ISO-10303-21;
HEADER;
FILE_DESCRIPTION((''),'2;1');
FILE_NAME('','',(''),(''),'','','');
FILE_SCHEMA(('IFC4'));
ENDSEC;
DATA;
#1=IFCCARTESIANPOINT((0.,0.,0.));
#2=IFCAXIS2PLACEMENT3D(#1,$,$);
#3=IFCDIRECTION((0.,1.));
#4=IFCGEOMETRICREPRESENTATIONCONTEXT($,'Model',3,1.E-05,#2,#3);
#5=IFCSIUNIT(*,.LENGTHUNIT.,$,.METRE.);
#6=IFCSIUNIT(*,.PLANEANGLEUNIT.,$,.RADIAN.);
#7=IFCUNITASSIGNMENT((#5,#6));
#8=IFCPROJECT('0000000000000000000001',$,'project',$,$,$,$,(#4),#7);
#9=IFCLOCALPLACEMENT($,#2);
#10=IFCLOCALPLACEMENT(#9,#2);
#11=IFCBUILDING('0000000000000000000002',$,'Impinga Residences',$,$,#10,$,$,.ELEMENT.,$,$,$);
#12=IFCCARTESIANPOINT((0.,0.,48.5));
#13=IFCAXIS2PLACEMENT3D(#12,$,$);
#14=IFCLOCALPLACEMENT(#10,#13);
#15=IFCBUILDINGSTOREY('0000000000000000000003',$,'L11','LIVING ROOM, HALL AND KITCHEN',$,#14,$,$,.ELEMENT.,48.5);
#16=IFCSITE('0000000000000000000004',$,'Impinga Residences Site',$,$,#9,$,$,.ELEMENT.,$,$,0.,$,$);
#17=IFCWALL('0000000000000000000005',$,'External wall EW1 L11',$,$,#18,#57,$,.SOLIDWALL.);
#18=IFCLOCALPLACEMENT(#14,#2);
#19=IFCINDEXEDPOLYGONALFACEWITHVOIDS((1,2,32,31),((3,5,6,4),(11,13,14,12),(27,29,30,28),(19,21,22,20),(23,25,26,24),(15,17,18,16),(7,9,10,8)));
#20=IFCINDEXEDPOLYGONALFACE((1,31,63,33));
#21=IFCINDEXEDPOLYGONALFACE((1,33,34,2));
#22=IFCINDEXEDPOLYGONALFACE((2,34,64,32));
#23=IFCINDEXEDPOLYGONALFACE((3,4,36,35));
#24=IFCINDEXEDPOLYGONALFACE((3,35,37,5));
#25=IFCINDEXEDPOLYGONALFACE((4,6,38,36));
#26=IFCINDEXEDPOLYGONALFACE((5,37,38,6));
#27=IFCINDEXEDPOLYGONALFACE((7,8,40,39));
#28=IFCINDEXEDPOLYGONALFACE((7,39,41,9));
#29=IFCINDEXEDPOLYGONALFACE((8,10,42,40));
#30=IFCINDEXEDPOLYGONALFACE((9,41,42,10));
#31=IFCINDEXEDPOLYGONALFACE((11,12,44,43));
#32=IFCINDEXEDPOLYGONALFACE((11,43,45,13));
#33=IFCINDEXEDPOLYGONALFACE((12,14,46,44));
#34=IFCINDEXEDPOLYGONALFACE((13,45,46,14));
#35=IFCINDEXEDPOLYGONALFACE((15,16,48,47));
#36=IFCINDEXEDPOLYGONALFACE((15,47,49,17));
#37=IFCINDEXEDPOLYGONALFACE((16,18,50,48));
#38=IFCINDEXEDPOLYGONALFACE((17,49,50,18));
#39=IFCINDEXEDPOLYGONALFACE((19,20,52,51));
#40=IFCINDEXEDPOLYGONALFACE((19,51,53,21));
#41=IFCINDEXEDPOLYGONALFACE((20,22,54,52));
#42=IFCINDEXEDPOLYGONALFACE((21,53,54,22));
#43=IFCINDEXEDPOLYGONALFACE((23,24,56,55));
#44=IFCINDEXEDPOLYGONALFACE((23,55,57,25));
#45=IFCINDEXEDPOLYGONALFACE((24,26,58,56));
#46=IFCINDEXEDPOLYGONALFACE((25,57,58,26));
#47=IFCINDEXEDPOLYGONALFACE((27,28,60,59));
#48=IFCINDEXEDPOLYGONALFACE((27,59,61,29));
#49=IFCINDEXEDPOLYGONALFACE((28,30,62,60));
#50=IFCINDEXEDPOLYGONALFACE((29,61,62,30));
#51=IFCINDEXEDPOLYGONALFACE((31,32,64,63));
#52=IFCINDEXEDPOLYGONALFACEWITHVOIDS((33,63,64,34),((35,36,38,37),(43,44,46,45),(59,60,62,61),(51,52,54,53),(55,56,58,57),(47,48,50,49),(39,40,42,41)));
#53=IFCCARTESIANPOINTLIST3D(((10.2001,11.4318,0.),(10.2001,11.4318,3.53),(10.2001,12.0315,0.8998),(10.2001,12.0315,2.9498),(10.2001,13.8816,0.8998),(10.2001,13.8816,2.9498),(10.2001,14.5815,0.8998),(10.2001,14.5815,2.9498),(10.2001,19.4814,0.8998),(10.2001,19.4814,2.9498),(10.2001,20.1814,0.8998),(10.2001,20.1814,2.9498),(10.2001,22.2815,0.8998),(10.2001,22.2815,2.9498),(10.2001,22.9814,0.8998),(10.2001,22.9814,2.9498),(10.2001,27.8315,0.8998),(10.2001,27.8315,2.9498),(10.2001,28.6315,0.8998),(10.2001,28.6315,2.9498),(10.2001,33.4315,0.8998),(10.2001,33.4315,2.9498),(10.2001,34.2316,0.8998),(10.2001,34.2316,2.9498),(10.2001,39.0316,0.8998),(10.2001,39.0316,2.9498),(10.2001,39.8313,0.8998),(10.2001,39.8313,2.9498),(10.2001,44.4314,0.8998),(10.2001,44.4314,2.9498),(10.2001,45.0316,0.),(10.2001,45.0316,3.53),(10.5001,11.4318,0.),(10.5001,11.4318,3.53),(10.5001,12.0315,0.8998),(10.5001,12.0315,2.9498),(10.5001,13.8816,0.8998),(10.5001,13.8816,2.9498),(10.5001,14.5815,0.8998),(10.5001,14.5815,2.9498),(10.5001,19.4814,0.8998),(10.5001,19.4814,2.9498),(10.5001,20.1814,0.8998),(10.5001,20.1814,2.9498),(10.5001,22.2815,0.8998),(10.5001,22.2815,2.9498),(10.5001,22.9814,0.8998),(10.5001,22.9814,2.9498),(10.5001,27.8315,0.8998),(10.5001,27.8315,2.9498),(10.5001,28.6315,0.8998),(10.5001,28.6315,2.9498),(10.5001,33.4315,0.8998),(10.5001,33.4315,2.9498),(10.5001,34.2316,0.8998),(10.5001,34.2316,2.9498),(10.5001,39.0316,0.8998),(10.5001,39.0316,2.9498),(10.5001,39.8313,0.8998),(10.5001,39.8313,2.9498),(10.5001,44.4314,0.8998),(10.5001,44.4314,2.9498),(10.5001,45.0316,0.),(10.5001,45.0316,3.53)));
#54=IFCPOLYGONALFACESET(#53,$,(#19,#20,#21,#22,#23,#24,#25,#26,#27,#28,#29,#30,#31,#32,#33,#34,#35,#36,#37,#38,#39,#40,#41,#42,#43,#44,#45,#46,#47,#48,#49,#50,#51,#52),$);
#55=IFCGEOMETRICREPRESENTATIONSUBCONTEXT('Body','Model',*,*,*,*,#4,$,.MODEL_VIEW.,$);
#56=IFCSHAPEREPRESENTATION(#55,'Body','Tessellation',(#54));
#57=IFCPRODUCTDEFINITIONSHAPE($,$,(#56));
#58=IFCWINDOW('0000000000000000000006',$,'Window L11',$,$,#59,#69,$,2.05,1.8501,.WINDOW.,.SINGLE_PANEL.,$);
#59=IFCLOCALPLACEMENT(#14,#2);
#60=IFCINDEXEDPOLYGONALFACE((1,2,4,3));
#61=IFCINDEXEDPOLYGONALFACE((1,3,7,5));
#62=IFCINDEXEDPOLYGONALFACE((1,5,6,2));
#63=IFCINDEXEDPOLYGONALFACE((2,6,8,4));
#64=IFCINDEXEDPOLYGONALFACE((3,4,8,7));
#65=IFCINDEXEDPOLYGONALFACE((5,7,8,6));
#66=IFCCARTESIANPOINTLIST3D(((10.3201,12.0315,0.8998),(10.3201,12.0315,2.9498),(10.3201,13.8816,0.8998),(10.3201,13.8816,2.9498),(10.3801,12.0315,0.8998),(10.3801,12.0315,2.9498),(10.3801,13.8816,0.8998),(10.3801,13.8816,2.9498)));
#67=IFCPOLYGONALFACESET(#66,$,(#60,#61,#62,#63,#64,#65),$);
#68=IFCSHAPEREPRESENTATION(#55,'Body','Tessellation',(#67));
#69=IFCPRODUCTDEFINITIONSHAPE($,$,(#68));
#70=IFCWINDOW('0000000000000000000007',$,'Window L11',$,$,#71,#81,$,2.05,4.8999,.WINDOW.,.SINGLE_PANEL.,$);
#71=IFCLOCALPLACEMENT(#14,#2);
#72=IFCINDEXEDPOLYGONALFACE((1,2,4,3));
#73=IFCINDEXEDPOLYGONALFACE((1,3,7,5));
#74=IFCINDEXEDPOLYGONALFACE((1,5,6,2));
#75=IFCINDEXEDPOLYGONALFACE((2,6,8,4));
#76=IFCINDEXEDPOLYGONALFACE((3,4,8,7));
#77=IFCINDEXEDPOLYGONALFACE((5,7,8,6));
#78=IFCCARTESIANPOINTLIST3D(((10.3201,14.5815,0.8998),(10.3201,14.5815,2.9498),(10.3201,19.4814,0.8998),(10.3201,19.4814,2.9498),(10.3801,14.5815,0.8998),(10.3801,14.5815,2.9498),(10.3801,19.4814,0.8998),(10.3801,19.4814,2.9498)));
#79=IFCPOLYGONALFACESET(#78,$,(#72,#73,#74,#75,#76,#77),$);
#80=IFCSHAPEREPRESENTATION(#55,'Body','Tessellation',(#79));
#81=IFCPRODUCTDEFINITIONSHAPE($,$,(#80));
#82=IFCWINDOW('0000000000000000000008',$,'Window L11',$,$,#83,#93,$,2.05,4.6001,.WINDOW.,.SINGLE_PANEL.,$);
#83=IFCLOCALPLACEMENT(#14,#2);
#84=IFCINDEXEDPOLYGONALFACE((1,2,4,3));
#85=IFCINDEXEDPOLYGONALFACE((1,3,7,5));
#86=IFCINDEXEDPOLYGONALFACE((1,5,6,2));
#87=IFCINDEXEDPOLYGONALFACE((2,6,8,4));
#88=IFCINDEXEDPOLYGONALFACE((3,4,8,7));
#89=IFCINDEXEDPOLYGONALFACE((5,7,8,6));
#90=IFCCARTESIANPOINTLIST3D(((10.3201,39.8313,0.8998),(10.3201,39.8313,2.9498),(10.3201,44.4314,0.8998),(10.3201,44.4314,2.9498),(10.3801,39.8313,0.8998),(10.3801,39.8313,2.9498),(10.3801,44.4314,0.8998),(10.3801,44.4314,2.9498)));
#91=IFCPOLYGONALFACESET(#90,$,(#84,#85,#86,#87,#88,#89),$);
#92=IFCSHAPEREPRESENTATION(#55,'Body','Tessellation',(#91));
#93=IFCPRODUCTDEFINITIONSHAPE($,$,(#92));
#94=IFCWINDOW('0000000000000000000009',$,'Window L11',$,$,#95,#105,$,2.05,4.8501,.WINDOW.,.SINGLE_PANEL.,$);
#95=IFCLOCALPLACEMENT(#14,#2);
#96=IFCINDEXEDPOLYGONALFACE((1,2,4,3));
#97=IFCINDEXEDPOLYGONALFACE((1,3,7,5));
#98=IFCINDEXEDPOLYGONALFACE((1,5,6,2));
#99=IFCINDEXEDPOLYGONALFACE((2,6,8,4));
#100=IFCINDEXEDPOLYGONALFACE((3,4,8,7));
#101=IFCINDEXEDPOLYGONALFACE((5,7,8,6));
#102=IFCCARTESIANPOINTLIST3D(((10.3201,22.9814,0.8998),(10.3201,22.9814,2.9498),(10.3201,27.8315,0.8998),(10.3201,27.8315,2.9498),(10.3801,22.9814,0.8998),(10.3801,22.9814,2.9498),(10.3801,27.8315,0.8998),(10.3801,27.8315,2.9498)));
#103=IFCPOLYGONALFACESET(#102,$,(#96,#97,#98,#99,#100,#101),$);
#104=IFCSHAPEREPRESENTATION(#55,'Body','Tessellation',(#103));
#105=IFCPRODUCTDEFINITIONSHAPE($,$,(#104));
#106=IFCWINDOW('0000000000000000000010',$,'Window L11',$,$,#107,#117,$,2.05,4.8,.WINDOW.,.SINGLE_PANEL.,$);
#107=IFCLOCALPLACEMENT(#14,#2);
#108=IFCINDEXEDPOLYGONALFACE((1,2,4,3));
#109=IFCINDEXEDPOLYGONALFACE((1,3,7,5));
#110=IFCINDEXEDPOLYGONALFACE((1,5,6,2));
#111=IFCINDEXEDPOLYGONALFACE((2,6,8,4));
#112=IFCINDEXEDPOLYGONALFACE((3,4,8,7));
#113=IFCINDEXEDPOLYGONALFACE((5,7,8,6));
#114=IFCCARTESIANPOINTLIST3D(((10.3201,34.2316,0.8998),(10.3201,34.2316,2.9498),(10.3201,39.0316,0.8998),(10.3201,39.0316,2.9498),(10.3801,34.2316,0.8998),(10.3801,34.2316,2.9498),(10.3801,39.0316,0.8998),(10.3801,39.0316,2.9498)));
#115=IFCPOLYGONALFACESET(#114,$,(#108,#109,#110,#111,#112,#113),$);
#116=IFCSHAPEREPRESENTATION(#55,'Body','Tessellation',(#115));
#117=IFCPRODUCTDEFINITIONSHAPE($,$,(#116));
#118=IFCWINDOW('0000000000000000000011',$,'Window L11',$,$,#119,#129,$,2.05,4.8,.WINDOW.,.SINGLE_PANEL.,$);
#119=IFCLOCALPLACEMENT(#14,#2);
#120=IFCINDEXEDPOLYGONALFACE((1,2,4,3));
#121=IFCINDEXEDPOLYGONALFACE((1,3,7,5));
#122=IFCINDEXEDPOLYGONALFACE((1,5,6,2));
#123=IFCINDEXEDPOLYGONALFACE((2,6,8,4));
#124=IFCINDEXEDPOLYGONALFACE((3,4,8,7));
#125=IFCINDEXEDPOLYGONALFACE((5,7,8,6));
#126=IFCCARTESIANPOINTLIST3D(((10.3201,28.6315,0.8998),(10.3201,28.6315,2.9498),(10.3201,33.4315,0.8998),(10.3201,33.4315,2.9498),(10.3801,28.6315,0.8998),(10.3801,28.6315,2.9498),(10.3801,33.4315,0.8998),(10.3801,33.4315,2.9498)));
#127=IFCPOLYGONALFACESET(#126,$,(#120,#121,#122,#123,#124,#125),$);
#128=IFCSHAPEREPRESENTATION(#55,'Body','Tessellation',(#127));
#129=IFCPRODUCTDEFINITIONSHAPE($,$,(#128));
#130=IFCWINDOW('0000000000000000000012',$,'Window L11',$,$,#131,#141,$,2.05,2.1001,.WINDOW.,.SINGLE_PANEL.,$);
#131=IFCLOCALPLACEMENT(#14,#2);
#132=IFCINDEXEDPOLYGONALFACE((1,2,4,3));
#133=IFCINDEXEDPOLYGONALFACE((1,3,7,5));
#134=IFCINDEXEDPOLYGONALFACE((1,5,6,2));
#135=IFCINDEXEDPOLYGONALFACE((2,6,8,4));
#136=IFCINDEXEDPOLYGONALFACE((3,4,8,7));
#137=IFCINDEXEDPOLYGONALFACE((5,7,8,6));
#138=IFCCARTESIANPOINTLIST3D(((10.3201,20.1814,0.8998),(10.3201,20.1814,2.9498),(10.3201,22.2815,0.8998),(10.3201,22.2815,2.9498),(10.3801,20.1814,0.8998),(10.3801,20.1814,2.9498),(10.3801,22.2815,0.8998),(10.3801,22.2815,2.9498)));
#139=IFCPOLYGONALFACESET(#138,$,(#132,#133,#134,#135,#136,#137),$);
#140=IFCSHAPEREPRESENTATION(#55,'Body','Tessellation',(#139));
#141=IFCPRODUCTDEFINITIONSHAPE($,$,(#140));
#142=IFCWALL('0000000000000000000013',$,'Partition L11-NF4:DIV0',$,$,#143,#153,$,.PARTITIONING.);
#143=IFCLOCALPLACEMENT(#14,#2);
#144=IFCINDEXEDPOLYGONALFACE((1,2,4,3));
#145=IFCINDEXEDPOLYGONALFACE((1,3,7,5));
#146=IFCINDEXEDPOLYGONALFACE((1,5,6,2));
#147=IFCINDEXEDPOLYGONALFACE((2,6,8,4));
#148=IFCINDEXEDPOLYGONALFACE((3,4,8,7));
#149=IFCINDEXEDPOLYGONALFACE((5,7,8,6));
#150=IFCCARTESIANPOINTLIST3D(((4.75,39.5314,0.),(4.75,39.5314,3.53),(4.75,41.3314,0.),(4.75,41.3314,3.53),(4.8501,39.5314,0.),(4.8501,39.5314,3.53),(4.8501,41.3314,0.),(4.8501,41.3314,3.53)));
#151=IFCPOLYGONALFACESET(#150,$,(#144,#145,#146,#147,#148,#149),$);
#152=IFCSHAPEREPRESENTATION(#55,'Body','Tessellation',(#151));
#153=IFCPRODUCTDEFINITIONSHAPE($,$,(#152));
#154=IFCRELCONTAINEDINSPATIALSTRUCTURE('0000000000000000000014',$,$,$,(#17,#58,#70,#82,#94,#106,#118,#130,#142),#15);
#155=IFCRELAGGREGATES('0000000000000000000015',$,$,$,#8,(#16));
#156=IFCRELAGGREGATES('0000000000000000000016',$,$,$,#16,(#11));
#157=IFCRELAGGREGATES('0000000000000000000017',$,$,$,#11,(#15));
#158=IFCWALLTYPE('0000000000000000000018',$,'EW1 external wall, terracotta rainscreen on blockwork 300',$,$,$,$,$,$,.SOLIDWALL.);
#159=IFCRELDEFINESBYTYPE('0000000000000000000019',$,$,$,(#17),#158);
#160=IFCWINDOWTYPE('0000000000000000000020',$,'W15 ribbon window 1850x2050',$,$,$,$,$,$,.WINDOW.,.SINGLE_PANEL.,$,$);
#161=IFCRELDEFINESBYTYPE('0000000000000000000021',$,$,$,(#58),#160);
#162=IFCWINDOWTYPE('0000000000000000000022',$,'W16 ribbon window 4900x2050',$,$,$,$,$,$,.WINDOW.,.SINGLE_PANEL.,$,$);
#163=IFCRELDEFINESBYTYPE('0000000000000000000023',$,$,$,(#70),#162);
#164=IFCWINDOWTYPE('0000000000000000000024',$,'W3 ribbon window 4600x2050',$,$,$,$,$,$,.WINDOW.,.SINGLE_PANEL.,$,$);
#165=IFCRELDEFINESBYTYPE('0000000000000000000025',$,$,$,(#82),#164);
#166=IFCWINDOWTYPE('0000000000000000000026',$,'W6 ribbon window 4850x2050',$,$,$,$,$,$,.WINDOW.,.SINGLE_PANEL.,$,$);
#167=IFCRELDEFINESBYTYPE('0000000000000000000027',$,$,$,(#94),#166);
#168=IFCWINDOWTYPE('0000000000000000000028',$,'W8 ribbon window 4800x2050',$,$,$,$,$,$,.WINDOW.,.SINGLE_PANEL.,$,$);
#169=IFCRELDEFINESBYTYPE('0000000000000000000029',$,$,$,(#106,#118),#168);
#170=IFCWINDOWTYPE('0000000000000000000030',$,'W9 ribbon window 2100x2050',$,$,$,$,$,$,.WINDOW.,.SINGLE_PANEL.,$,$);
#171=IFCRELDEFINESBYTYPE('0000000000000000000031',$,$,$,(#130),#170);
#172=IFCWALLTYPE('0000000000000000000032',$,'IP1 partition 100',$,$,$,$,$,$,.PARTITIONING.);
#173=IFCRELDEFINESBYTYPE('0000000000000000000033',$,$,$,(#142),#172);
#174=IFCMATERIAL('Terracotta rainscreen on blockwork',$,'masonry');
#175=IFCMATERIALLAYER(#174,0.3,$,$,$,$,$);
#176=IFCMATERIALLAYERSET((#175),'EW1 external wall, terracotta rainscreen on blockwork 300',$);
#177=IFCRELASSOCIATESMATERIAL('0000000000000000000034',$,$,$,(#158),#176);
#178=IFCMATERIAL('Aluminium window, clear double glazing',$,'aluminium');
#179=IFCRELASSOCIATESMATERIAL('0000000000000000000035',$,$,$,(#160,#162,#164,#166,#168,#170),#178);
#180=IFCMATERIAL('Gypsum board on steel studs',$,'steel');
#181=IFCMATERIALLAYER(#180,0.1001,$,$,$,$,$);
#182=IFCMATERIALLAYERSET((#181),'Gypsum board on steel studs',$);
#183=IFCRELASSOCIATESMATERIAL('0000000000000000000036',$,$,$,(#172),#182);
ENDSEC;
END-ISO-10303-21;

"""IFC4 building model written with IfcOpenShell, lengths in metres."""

from ifc_helpers import new_model, si_unit, direction, frame, frame_2d, origin, place, context, subcontext, project, spatial, rectangle, extrude, material, layer, layer_set, type_object, element, fill, save


model = new_model("IFC4")

# Units and contexts
model_context = context("Model", 3, precision=1e-05, world=origin(), true_north=direction((0.0, 1.0)))
body_context = subcontext(model_context, "Body", "Model", "MODEL_VIEW")
ifc_project = project(units=[si_unit("LENGTHUNIT", "METRE"), si_unit("PLANEANGLEUNIT", "RADIAN")], contexts=[model_context])

# Site, building, storey
site_placement = place(None, origin())
site = spatial("IfcSite", under=ifc_project, at=site_placement, Name="Impinga Residences Site", CompositionType="ELEMENT", RefElevation=0.0)
building_placement = place(site_placement, origin())
building = spatial("IfcBuilding", under=site, at=building_placement, Name="Impinga Residences", CompositionType="ELEMENT")
storey_placement = place(building_placement, frame((0.0, 0.0, 48.5)))
storey = spatial("IfcBuildingStorey", under=building, at=storey_placement, Name="L11", Description="LIVING ROOM, HALL AND KITCHEN", CompositionType="ELEMENT", Elevation=48.5)

# Shared definitions
ifc_material_1 = material(Name="Terracotta rainscreen on blockwork", Category="masonry")
ifc_layer_1 = layer(ifc_material_1, 0.3)
ifc_layer_set_1 = layer_set([ifc_layer_1], Name="EW1 external wall, terracotta rainscreen on blockwork 300")
wall_type_1 = type_object("IfcWallType", Name="EW1 external wall, terracotta rainscreen on blockwork 300", PredefinedType="SOLIDWALL", material=ifc_layer_set_1)

# Wall, openings, windows
wall_1_placement = place(storey_placement, frame((10.3501, 45.0315, 0.0), z_axis=(0.0, 0.0, 1.0), x_axis=(0.0, -1.0, 0.0)))
wall_1 = element("IfcWall", 1, at=wall_1_placement, inside=storey, type_object=wall_type_1, Name="External wall EW1 L11", PredefinedType="SOLIDWALL", context=body_context, shape_type="SweptSolid", body=[
    extrude(rectangle(XDim=33.5999, YDim=0.3, at=frame_2d((16.7998, 0.0))), origin(), (0.0, 0.0, 1.0), 3.53),
])
opening_1_placement = place(wall_1_placement, frame((0.6001, 0.0, 0.8999)))
opening_1 = element("IfcOpeningElement", 2, at=opening_1_placement, cuts=wall_1, PredefinedType="OPENING", context=body_context, shape_type="SweptSolid", body=[
    extrude(rectangle(XDim=4.6001, YDim=2.05, at=frame_2d((2.3, 1.0249))), frame((0.0, 0.1599, 0.0), z_axis=(0.0, -1.0, 0.0), x_axis=(1.0, 0.0, 0.0)), (0.0, 0.0, 1.0), 0.3201),
])
opening_2_placement = place(wall_1_placement, frame((6.0, 0.0, 0.8999)))
opening_2 = element("IfcOpeningElement", 3, at=opening_2_placement, cuts=wall_1, PredefinedType="OPENING", context=body_context, shape_type="SweptSolid", body=[
    extrude(rectangle(XDim=4.8, YDim=2.05, at=frame_2d((2.3999, 1.0249))), frame((0.0, 0.1599, 0.0), z_axis=(0.0, -1.0, 0.0), x_axis=(1.0, 0.0, 0.0)), (0.0, 0.0, 1.0), 0.3201),
])
opening_3_placement = place(wall_1_placement, frame((11.6001, 0.0, 0.8999)))
opening_3 = element("IfcOpeningElement", 4, at=opening_3_placement, cuts=wall_1, PredefinedType="OPENING", context=body_context, shape_type="SweptSolid", body=[
    extrude(rectangle(XDim=4.8, YDim=2.05, at=frame_2d((2.3999, 1.0249))), frame((0.0, 0.1599, 0.0), z_axis=(0.0, -1.0, 0.0), x_axis=(1.0, 0.0, 0.0)), (0.0, 0.0, 1.0), 0.3201),
])
opening_4_placement = place(wall_1_placement, frame((17.2, 0.0, 0.8999)))
opening_4 = element("IfcOpeningElement", 5, at=opening_4_placement, cuts=wall_1, PredefinedType="OPENING", context=body_context, shape_type="SweptSolid", body=[
    extrude(rectangle(XDim=4.8501, YDim=2.05, at=frame_2d((2.425, 1.0249))), frame((0.0, 0.1599, 0.0), z_axis=(0.0, -1.0, 0.0), x_axis=(1.0, 0.0, 0.0)), (0.0, 0.0, 1.0), 0.3201),
])
opening_5_placement = place(wall_1_placement, frame((22.75, 0.0, 0.8999)))
opening_5 = element("IfcOpeningElement", 6, at=opening_5_placement, cuts=wall_1, PredefinedType="OPENING", context=body_context, shape_type="SweptSolid", body=[
    extrude(rectangle(XDim=2.1001, YDim=2.05, at=frame_2d((1.05, 1.0249))), frame((0.0, 0.1599, 0.0), z_axis=(0.0, -1.0, 0.0), x_axis=(1.0, 0.0, 0.0)), (0.0, 0.0, 1.0), 0.3201),
])
opening_6_placement = place(wall_1_placement, frame((25.55, 0.0, 0.8999)))
opening_6 = element("IfcOpeningElement", 7, at=opening_6_placement, cuts=wall_1, PredefinedType="OPENING", context=body_context, shape_type="SweptSolid", body=[
    extrude(rectangle(XDim=4.8999, YDim=2.05, at=frame_2d((2.45, 1.0249))), frame((0.0, 0.1599, 0.0), z_axis=(0.0, -1.0, 0.0), x_axis=(1.0, 0.0, 0.0)), (0.0, 0.0, 1.0), 0.3201),
])
opening_7_placement = place(wall_1_placement, frame((31.1499, 0.0, 0.8999)))
opening_7 = element("IfcOpeningElement", 8, at=opening_7_placement, cuts=wall_1, PredefinedType="OPENING", context=body_context, shape_type="SweptSolid", body=[
    extrude(rectangle(XDim=1.8501, YDim=2.05, at=frame_2d((0.925, 1.0249))), frame((0.0, 0.1599, 0.0), z_axis=(0.0, -1.0, 0.0), x_axis=(1.0, 0.0, 0.0)), (0.0, 0.0, 1.0), 0.3201),
])
ifc_material_2 = material(Name="Aluminium window, clear double glazing", Category="aluminium")
window_type_1 = type_object("IfcWindowType", Name="W15 ribbon window 1850x2050", PartitioningType="SINGLE_PANEL", PredefinedType="WINDOW", material=ifc_material_2)
window_1_placement = place(opening_7_placement, origin())
window_1 = element("IfcWindow", 9, at=window_1_placement, inside=storey, type_object=window_type_1, Name="Window L11", OverallHeight=2.05, OverallWidth=1.8501, PartitioningType="SINGLE_PANEL", PredefinedType="WINDOW", context=body_context, shape_type="SweptSolid", body=[
    extrude(rectangle(XDim=1.8501, YDim=2.05, at=frame_2d((0.925, 1.0249))), frame((0.0, 0.03, 0.0), z_axis=(0.0, -1.0, 0.0), x_axis=(1.0, 0.0, 0.0)), (0.0, 0.0, 1.0), 0.0601),
])
fill(opening_7, window_1)
window_type_2 = type_object("IfcWindowType", Name="W16 ribbon window 4900x2050", PartitioningType="SINGLE_PANEL", PredefinedType="WINDOW", material=ifc_material_2)
window_2_placement = place(opening_6_placement, origin())
window_2 = element("IfcWindow", 10, at=window_2_placement, inside=storey, type_object=window_type_2, Name="Window L11", OverallHeight=2.05, OverallWidth=4.8999, PartitioningType="SINGLE_PANEL", PredefinedType="WINDOW", context=body_context, shape_type="SweptSolid", body=[
    extrude(rectangle(XDim=4.8999, YDim=2.05, at=frame_2d((2.45, 1.0249))), frame((0.0, 0.03, 0.0), z_axis=(0.0, -1.0, 0.0), x_axis=(1.0, 0.0, 0.0)), (0.0, 0.0, 1.0), 0.0601),
])
fill(opening_6, window_2)
window_type_3 = type_object("IfcWindowType", Name="W3 ribbon window 4600x2050", PartitioningType="SINGLE_PANEL", PredefinedType="WINDOW", material=ifc_material_2)
window_3_placement = place(opening_1_placement, origin())
window_3 = element("IfcWindow", 11, at=window_3_placement, inside=storey, type_object=window_type_3, Name="Window L11", OverallHeight=2.05, OverallWidth=4.6001, PartitioningType="SINGLE_PANEL", PredefinedType="WINDOW", context=body_context, shape_type="SweptSolid", body=[
    extrude(rectangle(XDim=4.6001, YDim=2.05, at=frame_2d((2.3, 1.0249))), frame((0.0, 0.03, 0.0), z_axis=(0.0, -1.0, 0.0), x_axis=(1.0, 0.0, 0.0)), (0.0, 0.0, 1.0), 0.0601),
])
fill(opening_1, window_3)
window_type_4 = type_object("IfcWindowType", Name="W6 ribbon window 4850x2050", PartitioningType="SINGLE_PANEL", PredefinedType="WINDOW", material=ifc_material_2)
window_4_placement = place(opening_4_placement, origin())
window_4 = element("IfcWindow", 12, at=window_4_placement, inside=storey, type_object=window_type_4, Name="Window L11", OverallHeight=2.05, OverallWidth=4.8501, PartitioningType="SINGLE_PANEL", PredefinedType="WINDOW", context=body_context, shape_type="SweptSolid", body=[
    extrude(rectangle(XDim=4.8501, YDim=2.05, at=frame_2d((2.425, 1.0249))), frame((0.0, 0.03, 0.0), z_axis=(0.0, -1.0, 0.0), x_axis=(1.0, 0.0, 0.0)), (0.0, 0.0, 1.0), 0.0601),
])
fill(opening_4, window_4)
window_type_5 = type_object("IfcWindowType", Name="W8 ribbon window 4800x2050", PartitioningType="SINGLE_PANEL", PredefinedType="WINDOW", material=ifc_material_2)
window_5_placement = place(opening_2_placement, origin())
window_5 = element("IfcWindow", 13, at=window_5_placement, inside=storey, type_object=window_type_5, Name="Window L11", OverallHeight=2.05, OverallWidth=4.8, PartitioningType="SINGLE_PANEL", PredefinedType="WINDOW", context=body_context, shape_type="SweptSolid", body=[
    extrude(rectangle(XDim=4.8, YDim=2.05, at=frame_2d((2.3999, 1.0249))), frame((0.0, 0.03, 0.0), z_axis=(0.0, -1.0, 0.0), x_axis=(1.0, 0.0, 0.0)), (0.0, 0.0, 1.0), 0.0601),
])
fill(opening_2, window_5)
window_6_placement = place(opening_3_placement, origin())
window_6 = element("IfcWindow", 14, at=window_6_placement, inside=storey, type_object=window_type_5, Name="Window L11", OverallHeight=2.05, OverallWidth=4.8, PartitioningType="SINGLE_PANEL", PredefinedType="WINDOW", context=body_context, shape_type="SweptSolid", body=[
    extrude(rectangle(XDim=4.8, YDim=2.05, at=frame_2d((2.3999, 1.0249))), frame((0.0, 0.03, 0.0), z_axis=(0.0, -1.0, 0.0), x_axis=(1.0, 0.0, 0.0)), (0.0, 0.0, 1.0), 0.0601),
])
fill(opening_3, window_6)
window_type_6 = type_object("IfcWindowType", Name="W9 ribbon window 2100x2050", PartitioningType="SINGLE_PANEL", PredefinedType="WINDOW", material=ifc_material_2)
window_7_placement = place(opening_5_placement, origin())
window_7 = element("IfcWindow", 15, at=window_7_placement, inside=storey, type_object=window_type_6, Name="Window L11", OverallHeight=2.05, OverallWidth=2.1001, PartitioningType="SINGLE_PANEL", PredefinedType="WINDOW", context=body_context, shape_type="SweptSolid", body=[
    extrude(rectangle(XDim=2.1001, YDim=2.05, at=frame_2d((1.05, 1.0249))), frame((0.0, 0.03, 0.0), z_axis=(0.0, -1.0, 0.0), x_axis=(1.0, 0.0, 0.0)), (0.0, 0.0, 1.0), 0.0601),
])
fill(opening_5, window_7)

# Wall
ifc_material_3 = material(Name="Gypsum board on steel studs", Category="steel")
ifc_layer_2 = layer(ifc_material_3, 0.1001)
ifc_layer_set_2 = layer_set([ifc_layer_2], Name="Gypsum board on steel studs")
wall_type_2 = type_object("IfcWallType", Name="IP1 partition 100", PredefinedType="PARTITIONING", material=ifc_layer_set_2)
wall_2_placement = place(storey_placement, frame((4.8, 39.5315, 0.0), z_axis=(0.0, 0.0, 1.0), x_axis=(0.0, 1.0, 0.0)))
element("IfcWall", 16, at=wall_2_placement, inside=storey, type_object=wall_type_2, Name="Partition L11-NF4:DIV0", PredefinedType="PARTITIONING", context=body_context, shape_type="SweptSolid", body=[
    extrude(rectangle(XDim=1.8, YDim=0.1001, at=frame_2d((0.8999, 0.0))), origin(), (0.0, 0.0, 1.0), 3.53),
])

save(model, "model.ifc")
